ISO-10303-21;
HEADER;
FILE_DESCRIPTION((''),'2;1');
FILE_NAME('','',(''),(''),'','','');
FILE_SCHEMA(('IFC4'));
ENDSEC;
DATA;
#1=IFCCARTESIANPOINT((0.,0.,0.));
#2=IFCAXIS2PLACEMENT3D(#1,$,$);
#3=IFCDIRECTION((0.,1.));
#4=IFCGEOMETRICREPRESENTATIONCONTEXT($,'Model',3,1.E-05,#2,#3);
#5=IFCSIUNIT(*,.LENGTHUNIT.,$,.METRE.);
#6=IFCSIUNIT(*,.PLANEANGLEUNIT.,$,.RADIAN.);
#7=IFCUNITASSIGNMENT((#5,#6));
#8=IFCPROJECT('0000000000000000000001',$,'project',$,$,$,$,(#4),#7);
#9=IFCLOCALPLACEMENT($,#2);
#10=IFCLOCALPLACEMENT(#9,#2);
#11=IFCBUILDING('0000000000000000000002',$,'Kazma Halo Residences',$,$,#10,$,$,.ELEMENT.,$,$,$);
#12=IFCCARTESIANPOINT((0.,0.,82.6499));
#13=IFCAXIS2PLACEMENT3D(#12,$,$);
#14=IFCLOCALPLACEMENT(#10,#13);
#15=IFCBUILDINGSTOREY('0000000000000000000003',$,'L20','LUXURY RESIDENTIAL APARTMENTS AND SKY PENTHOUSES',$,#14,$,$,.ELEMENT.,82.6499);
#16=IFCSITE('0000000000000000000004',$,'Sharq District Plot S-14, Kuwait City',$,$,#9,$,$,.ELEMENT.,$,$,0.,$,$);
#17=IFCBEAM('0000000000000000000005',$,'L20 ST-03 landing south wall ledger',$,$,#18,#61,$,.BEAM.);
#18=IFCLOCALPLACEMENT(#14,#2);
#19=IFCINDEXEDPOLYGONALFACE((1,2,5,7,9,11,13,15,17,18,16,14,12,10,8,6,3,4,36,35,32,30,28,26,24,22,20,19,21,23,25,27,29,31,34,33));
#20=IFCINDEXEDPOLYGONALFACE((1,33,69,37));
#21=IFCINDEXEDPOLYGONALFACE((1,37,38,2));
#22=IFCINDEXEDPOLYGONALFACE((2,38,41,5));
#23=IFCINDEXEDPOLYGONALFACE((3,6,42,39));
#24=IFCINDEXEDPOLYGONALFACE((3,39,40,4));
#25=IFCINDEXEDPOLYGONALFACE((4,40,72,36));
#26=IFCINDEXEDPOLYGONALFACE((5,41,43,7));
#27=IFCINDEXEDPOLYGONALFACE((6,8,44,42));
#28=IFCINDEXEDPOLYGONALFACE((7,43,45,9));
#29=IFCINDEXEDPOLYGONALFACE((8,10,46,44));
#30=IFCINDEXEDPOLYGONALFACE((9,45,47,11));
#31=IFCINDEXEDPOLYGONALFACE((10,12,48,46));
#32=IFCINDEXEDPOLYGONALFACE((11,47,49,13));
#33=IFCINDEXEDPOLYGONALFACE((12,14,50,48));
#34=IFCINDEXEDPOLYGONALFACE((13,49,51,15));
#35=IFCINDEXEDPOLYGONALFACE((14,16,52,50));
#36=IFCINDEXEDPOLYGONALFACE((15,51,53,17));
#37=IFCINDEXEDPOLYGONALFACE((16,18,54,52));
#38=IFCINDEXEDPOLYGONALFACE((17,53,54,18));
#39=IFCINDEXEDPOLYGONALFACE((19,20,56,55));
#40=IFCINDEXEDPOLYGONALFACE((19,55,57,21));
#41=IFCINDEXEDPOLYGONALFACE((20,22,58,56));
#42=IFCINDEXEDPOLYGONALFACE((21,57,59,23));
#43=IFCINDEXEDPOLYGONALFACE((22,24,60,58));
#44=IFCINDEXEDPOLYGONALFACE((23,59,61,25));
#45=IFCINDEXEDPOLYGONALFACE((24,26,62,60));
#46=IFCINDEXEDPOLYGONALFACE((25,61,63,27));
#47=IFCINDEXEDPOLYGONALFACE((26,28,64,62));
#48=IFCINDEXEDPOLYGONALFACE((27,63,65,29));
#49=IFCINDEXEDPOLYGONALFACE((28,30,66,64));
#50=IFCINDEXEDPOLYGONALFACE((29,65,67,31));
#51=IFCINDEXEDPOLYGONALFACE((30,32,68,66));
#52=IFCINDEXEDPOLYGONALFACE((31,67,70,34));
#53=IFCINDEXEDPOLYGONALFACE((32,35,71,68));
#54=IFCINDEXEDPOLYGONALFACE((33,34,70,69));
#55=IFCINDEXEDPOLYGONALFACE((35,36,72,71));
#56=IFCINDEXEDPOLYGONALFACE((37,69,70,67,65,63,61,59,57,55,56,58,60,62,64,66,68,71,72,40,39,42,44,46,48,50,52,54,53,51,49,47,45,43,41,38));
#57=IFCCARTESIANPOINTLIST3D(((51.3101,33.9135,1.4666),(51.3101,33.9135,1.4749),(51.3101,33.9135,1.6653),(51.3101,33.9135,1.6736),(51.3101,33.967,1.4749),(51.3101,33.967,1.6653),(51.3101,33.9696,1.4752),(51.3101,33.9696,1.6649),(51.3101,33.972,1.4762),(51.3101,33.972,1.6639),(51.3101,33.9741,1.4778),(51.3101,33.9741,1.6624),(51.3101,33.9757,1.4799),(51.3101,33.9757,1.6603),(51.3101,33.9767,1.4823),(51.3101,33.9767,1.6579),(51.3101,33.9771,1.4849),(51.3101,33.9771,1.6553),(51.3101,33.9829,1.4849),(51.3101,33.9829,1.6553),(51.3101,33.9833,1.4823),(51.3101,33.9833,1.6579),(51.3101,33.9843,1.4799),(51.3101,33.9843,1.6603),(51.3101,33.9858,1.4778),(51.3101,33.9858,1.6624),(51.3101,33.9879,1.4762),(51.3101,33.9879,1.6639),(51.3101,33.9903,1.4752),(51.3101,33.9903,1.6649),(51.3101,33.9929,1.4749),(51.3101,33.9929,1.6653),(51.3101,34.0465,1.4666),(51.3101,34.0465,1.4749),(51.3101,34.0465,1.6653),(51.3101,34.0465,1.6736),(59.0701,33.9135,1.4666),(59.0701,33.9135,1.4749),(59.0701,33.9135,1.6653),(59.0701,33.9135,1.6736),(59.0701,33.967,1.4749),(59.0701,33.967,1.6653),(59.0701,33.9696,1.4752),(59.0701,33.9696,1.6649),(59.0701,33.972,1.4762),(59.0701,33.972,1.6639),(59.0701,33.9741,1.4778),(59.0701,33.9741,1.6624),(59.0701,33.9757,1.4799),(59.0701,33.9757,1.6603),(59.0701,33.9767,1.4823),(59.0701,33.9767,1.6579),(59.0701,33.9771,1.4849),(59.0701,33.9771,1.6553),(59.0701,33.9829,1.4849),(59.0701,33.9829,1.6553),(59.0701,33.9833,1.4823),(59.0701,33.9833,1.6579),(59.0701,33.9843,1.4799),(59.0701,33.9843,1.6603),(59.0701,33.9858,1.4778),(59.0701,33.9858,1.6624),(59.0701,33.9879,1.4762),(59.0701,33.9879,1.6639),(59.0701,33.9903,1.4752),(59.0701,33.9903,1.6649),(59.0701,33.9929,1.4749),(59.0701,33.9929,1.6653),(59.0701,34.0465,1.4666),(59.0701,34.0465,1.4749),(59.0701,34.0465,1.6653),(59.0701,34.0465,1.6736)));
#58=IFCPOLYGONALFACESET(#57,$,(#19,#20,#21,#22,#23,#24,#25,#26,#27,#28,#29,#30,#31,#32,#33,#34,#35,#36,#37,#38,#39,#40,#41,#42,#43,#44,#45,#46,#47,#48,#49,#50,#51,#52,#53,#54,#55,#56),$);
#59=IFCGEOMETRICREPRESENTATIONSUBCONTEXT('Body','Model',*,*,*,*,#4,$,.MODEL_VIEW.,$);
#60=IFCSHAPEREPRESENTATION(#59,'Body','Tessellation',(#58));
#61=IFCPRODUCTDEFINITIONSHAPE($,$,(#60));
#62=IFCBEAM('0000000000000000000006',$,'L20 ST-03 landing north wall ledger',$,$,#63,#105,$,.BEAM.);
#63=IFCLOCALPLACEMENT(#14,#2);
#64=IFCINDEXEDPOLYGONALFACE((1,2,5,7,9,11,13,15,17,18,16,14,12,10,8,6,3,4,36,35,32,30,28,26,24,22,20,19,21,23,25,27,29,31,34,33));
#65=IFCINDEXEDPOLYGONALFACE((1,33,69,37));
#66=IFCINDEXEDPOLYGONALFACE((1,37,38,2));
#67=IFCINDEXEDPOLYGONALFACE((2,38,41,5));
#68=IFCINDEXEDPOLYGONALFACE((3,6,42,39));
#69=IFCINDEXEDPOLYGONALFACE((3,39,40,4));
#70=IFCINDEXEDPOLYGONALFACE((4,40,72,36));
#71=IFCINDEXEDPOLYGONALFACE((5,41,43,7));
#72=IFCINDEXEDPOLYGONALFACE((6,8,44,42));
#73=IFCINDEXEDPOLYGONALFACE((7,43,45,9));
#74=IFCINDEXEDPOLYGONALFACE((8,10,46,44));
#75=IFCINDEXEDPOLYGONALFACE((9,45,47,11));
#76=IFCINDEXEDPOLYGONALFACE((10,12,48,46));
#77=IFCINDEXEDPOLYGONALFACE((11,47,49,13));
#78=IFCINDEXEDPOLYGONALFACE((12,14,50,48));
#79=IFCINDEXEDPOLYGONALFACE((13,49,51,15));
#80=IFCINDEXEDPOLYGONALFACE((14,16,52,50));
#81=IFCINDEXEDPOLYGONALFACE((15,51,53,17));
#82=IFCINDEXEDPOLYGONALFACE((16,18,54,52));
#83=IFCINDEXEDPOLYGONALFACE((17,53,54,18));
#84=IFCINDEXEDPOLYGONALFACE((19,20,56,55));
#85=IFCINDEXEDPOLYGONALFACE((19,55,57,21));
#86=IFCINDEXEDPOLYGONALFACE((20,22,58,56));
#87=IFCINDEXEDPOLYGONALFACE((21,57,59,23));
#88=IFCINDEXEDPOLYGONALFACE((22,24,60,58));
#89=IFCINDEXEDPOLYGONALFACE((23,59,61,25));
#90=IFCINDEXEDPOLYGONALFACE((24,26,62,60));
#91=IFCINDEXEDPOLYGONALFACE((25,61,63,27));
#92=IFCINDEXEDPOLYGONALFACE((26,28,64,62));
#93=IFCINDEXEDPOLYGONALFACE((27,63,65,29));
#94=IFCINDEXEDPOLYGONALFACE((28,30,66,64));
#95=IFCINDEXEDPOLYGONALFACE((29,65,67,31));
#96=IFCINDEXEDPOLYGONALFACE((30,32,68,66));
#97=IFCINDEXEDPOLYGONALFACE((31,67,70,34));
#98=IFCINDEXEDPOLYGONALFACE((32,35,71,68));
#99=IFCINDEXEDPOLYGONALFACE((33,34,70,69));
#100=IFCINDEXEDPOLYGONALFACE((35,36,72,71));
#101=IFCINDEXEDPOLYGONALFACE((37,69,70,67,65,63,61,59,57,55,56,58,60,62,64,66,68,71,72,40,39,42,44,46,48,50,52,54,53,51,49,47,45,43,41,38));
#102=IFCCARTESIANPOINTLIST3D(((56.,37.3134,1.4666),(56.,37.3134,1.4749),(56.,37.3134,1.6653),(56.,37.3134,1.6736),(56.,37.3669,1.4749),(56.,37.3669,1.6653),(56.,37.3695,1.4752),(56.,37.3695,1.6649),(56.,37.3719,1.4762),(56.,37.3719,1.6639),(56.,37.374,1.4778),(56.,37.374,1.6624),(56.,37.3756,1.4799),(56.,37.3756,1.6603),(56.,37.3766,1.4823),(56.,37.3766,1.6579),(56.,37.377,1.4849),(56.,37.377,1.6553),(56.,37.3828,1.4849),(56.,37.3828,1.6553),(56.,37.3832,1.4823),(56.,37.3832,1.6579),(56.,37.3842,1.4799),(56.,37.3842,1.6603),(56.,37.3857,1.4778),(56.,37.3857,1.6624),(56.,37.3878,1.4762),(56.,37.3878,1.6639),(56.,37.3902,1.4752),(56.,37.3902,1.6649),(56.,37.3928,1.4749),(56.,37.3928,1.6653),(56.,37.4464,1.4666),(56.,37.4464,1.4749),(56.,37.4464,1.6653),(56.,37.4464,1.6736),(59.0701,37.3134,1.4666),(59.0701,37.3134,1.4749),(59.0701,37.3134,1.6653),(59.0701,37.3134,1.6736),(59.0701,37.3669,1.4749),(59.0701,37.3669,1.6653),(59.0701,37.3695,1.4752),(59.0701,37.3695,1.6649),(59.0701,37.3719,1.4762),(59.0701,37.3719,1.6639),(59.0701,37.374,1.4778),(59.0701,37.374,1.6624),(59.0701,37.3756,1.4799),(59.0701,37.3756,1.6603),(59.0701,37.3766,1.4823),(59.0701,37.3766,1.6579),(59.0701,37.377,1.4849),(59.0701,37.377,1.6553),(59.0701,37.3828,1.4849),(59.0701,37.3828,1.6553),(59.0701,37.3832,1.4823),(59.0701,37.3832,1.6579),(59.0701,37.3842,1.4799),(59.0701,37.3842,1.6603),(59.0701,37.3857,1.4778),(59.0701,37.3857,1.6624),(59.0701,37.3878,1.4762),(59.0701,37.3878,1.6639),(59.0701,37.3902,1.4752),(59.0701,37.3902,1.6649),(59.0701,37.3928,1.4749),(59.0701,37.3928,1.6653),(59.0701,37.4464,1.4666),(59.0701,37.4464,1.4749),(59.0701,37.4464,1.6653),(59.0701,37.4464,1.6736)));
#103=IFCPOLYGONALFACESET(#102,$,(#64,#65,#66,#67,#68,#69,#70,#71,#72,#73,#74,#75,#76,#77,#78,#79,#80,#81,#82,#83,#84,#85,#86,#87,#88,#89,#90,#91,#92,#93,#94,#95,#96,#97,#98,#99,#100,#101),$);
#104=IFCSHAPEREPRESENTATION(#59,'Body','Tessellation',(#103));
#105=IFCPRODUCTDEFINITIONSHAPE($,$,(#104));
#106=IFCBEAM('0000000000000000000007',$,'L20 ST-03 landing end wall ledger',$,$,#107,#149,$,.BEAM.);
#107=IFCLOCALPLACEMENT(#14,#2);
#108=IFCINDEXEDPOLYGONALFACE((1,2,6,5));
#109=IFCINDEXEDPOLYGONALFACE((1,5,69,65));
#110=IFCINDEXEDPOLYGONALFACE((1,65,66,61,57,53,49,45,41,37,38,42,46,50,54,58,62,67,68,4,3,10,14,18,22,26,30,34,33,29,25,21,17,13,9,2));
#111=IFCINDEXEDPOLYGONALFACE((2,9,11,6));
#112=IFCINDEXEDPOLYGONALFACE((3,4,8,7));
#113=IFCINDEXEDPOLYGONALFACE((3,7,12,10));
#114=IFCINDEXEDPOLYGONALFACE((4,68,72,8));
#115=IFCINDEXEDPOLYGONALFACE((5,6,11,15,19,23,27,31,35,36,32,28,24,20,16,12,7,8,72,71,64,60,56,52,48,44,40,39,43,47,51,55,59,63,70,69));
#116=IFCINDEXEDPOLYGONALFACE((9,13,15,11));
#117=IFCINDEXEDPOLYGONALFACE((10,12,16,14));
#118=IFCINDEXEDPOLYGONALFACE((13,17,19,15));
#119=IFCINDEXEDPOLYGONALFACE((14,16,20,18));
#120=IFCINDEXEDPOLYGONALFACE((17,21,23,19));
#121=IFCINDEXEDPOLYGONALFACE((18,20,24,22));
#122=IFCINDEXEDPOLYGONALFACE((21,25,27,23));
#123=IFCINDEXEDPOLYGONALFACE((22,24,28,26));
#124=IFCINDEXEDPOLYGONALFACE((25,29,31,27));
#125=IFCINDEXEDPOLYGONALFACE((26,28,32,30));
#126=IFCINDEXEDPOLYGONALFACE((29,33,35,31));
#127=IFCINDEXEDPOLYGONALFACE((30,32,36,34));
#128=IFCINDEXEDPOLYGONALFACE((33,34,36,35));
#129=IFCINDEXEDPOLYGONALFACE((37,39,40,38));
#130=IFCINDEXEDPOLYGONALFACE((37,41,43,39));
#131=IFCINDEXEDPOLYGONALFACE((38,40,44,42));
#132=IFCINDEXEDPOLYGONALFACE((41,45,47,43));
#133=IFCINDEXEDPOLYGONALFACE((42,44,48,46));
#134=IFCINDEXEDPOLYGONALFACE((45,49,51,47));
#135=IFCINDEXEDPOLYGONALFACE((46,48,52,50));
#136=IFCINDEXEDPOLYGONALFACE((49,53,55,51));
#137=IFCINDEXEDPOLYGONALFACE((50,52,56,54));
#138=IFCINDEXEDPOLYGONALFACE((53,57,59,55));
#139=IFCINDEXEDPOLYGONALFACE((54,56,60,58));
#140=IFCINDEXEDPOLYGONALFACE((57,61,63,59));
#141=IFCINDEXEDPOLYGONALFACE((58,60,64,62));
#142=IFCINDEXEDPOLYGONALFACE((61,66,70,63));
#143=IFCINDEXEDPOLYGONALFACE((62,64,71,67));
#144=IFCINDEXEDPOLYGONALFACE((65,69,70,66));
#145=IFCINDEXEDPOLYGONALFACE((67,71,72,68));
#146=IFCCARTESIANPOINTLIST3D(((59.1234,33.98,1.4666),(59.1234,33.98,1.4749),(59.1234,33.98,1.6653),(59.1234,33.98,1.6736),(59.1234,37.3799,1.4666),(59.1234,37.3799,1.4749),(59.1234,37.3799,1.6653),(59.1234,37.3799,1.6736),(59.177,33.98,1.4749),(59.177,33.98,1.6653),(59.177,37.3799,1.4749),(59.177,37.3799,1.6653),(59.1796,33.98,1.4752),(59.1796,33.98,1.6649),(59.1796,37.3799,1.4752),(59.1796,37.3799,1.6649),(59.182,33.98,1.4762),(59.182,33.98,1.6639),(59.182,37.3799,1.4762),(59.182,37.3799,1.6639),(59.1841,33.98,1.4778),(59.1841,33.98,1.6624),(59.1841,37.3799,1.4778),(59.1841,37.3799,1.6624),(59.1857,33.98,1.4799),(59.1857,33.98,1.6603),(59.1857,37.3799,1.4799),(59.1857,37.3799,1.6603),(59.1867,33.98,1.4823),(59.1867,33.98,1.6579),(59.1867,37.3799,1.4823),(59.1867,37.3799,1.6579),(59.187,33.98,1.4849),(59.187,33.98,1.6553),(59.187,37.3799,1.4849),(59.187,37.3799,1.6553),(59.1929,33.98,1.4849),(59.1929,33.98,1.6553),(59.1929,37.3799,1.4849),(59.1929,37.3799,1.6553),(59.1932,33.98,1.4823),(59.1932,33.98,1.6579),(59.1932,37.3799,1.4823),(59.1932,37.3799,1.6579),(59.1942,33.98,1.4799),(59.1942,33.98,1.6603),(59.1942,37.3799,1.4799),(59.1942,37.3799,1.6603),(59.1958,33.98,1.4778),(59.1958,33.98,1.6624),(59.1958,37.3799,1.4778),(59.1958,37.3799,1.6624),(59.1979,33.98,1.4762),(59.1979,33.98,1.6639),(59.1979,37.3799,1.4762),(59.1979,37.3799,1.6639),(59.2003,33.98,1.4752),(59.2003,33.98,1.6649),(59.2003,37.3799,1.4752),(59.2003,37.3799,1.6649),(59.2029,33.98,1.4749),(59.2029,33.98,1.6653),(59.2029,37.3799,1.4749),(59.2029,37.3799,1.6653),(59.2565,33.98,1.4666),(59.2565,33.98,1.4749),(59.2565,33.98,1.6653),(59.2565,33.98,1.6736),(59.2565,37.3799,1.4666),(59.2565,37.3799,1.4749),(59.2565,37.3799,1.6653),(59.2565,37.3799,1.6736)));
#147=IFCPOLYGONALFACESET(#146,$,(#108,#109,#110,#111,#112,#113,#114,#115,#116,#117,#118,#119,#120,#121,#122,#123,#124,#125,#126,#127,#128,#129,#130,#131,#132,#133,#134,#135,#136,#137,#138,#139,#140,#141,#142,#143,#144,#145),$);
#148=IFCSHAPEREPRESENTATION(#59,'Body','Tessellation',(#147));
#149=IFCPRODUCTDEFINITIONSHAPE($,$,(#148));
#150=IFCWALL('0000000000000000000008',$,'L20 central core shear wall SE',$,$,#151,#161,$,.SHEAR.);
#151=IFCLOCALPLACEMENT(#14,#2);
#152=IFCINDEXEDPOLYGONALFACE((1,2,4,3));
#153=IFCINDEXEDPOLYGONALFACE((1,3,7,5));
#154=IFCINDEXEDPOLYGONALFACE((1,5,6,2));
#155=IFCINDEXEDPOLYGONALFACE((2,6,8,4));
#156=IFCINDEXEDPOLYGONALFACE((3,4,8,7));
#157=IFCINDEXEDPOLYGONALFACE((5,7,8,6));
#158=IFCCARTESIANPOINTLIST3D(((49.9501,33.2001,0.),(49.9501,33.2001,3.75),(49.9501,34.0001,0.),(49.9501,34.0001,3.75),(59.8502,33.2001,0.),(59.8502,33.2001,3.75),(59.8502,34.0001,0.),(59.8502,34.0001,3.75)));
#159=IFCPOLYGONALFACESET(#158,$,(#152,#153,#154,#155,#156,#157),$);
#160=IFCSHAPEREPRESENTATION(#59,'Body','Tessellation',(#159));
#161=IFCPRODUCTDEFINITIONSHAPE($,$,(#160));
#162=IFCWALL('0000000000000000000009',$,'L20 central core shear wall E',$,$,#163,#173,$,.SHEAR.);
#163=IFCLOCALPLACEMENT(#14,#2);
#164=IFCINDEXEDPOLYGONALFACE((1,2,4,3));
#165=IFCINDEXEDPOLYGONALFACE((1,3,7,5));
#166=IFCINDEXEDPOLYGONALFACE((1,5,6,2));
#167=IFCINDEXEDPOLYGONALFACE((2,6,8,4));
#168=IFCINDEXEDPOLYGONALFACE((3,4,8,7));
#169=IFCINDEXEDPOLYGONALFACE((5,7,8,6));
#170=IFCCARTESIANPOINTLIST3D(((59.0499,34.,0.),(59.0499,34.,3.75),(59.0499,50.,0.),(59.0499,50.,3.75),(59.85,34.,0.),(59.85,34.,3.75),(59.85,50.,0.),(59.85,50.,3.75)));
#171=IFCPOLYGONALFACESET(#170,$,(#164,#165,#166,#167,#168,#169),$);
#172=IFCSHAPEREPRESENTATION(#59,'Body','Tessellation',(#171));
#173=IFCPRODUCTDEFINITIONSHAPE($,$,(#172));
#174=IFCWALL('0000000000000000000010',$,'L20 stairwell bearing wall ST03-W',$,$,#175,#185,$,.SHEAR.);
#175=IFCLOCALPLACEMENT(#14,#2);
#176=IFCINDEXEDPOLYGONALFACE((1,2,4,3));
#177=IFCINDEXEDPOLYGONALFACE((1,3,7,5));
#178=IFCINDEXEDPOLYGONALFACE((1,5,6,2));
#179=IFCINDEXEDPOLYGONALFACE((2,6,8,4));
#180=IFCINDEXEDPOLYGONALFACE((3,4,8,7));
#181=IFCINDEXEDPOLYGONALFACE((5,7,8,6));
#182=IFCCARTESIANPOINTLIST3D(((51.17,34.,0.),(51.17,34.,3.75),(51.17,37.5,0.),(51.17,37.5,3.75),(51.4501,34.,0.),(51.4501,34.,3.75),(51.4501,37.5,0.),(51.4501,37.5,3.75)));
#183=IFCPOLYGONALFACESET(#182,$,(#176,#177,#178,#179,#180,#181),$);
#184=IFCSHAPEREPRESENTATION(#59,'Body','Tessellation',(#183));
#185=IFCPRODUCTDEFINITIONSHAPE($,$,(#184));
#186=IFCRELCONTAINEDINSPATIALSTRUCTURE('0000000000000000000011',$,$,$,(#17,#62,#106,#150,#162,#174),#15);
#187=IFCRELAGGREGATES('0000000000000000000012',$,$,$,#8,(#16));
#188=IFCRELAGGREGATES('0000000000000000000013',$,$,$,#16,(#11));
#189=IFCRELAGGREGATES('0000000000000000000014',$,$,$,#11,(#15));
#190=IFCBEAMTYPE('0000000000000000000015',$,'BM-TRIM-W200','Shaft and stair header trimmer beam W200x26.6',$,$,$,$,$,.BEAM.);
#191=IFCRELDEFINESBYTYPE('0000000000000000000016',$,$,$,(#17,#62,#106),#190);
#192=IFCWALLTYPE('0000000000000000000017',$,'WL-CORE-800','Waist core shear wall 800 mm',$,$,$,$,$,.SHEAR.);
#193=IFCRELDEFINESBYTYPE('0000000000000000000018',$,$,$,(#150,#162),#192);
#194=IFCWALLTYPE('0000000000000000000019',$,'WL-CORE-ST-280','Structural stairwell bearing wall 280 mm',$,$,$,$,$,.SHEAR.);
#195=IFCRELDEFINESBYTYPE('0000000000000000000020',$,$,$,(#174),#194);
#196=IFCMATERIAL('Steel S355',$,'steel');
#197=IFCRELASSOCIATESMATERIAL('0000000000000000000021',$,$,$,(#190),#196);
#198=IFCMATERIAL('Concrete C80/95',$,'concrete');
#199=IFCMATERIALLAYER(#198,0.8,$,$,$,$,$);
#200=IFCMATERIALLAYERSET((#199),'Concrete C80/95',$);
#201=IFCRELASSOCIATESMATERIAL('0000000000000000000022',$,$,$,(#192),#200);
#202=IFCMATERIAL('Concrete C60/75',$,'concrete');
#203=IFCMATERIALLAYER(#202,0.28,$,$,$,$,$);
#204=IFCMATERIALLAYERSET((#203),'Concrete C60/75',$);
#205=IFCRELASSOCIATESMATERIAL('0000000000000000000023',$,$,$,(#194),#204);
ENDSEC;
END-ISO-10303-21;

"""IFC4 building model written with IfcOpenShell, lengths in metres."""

from ifc_helpers import new_model, si_unit, direction, frame, frame_2d, origin, origin_2d, place, context, subcontext, project, spatial, rectangle, i_section, extrude, material, layer, layer_set, material_profile, profile_set, type_object, element, save


model = new_model("IFC4")

# Units and contexts
model_context = context("Model", 3, precision=1e-05, world=origin(), true_north=direction((0.0, 1.0)))
body_context = subcontext(model_context, "Body", "Model", "MODEL_VIEW")
ifc_project = project(units=[si_unit("LENGTHUNIT", "METRE"), si_unit("PLANEANGLEUNIT", "RADIAN")], contexts=[model_context])

# Site, building, storey
site_placement = place(None, origin())
site = spatial("IfcSite", under=ifc_project, at=site_placement, Name="Sharq District Plot S-14, Kuwait City", CompositionType="ELEMENT", RefElevation=0.0)
building_placement = place(site_placement, origin())
building = spatial("IfcBuilding", under=site, at=building_placement, Name="Kazma Halo Residences", CompositionType="ELEMENT")
storey_placement = place(building_placement, frame((0.0, 0.0, 82.6499)))
storey = spatial("IfcBuildingStorey", under=building, at=storey_placement, Name="L20", Description="LUXURY RESIDENTIAL APARTMENTS AND SKY PENTHOUSES", CompositionType="ELEMENT", Elevation=82.6499)

# Shared definitions
ifc_material_1 = material(Name="Steel S355", Category="steel")

# Beams
ifc_material_profile_1 = material_profile(ifc_material_1, i_section(OverallWidth=0.1331, OverallDepth=0.207, WebThickness=0.0059, FlangeThickness=0.0083, FilletRadius=0.01, at=origin_2d()), Name="W200x26.6")
ifc_profile_set_1 = profile_set([ifc_material_profile_1], Name="Steel S355")
beam_type_1 = type_object("IfcBeamType", Name="BM-TRIM-W200", Description="Shaft and stair header trimmer beam W200x26.6", PredefinedType="BEAM", material=ifc_profile_set_1)
beam_1_placement = place(storey_placement, frame((51.3101, 33.98, 1.5701), z_axis=(1.0, 0.0, 0.0), x_axis=(0.0, 1.0, 0.0)))
element("IfcBeam", 1, at=beam_1_placement, inside=storey, type_object=beam_type_1, Name="L20 ST-03 landing south wall ledger", PredefinedType="BEAM", context=body_context, shape_type="SweptSolid", body=[
    extrude(i_section(OverallWidth=0.1331, OverallDepth=0.207, WebThickness=0.0059, FlangeThickness=0.0083, FilletRadius=0.01, at=origin_2d()), origin(), (0.0, 0.0, 1.0), 7.76),
])
beam_2_placement = place(storey_placement, frame((56.0, 37.3799, 1.5701), z_axis=(1.0, 0.0, 0.0), x_axis=(0.0, 1.0, 0.0)))
element("IfcBeam", 2, at=beam_2_placement, inside=storey, type_object=beam_type_1, Name="L20 ST-03 landing north wall ledger", PredefinedType="BEAM", context=body_context, shape_type="SweptSolid", body=[
    extrude(i_section(OverallWidth=0.1331, OverallDepth=0.207, WebThickness=0.0059, FlangeThickness=0.0083, FilletRadius=0.01, at=origin_2d()), origin(), (0.0, 0.0, 1.0), 3.0701),
])
beam_3_placement = place(storey_placement, frame((59.1899, 33.98, 1.5701), z_axis=(0.0, 1.0, 0.0), x_axis=(-1.0, 0.0, 0.0)))
element("IfcBeam", 3, at=beam_3_placement, inside=storey, type_object=beam_type_1, Name="L20 ST-03 landing end wall ledger", PredefinedType="BEAM", context=body_context, shape_type="SweptSolid", body=[
    extrude(i_section(OverallWidth=0.1331, OverallDepth=0.207, WebThickness=0.0059, FlangeThickness=0.0083, FilletRadius=0.01, at=origin_2d()), origin(), (0.0, 0.0, 1.0), 3.3999),
])

# Walls
ifc_material_2 = material(Name="Concrete C80/95", Category="concrete")
ifc_layer_1 = layer(ifc_material_2, 0.8)
ifc_layer_set_1 = layer_set([ifc_layer_1], Name="Concrete C80/95")
wall_type_1 = type_object("IfcWallType", Name="WL-CORE-800", Description="Waist core shear wall 800 mm", PredefinedType="SHEAR", material=ifc_layer_set_1)
wall_1_placement = place(storey_placement, frame((49.95, 33.6001, 0.0), z_axis=(0.0, 0.0, 1.0), x_axis=(1.0, 0.0, 0.0)))
element("IfcWall", 4, at=wall_1_placement, inside=storey, type_object=wall_type_1, Name="L20 central core shear wall SE", PredefinedType="SHEAR", context=body_context, shape_type="SweptSolid", body=[
    extrude(rectangle(XDim=9.9001, YDim=0.8, at=frame_2d((4.9502, 0.0))), origin(), (0.0, 0.0, 1.0), 3.75),
])
wall_2_placement = place(storey_placement, frame((59.45, 34.0, 0.0), z_axis=(0.0, 0.0, 1.0), x_axis=(0.0, 1.0, 0.0)))
element("IfcWall", 5, at=wall_2_placement, inside=storey, type_object=wall_type_1, Name="L20 central core shear wall E", PredefinedType="SHEAR", context=body_context, shape_type="SweptSolid", body=[
    extrude(rectangle(XDim=16.0, YDim=0.8, at=frame_2d((8.0, 0.0))), origin(), (0.0, 0.0, 1.0), 3.75),
])
ifc_material_3 = material(Name="Concrete C60/75", Category="concrete")
ifc_layer_2 = layer(ifc_material_3, 0.28)
ifc_layer_set_2 = layer_set([ifc_layer_2], Name="Concrete C60/75")
wall_type_2 = type_object("IfcWallType", Name="WL-CORE-ST-280", Description="Structural stairwell bearing wall 280 mm", PredefinedType="SHEAR", material=ifc_layer_set_2)
wall_3_placement = place(storey_placement, frame((51.3101, 34.0, 0.0), z_axis=(0.0, 0.0, 1.0), x_axis=(0.0, 1.0, 0.0)))
element("IfcWall", 6, at=wall_3_placement, inside=storey, type_object=wall_type_2, Name="L20 stairwell bearing wall ST03-W", PredefinedType="SHEAR", context=body_context, shape_type="SweptSolid", body=[
    extrude(rectangle(XDim=3.5, YDim=0.28, at=frame_2d((1.75, 0.0))), origin(), (0.0, 0.0, 1.0), 3.75),
])

save(model, "model.ifc")
